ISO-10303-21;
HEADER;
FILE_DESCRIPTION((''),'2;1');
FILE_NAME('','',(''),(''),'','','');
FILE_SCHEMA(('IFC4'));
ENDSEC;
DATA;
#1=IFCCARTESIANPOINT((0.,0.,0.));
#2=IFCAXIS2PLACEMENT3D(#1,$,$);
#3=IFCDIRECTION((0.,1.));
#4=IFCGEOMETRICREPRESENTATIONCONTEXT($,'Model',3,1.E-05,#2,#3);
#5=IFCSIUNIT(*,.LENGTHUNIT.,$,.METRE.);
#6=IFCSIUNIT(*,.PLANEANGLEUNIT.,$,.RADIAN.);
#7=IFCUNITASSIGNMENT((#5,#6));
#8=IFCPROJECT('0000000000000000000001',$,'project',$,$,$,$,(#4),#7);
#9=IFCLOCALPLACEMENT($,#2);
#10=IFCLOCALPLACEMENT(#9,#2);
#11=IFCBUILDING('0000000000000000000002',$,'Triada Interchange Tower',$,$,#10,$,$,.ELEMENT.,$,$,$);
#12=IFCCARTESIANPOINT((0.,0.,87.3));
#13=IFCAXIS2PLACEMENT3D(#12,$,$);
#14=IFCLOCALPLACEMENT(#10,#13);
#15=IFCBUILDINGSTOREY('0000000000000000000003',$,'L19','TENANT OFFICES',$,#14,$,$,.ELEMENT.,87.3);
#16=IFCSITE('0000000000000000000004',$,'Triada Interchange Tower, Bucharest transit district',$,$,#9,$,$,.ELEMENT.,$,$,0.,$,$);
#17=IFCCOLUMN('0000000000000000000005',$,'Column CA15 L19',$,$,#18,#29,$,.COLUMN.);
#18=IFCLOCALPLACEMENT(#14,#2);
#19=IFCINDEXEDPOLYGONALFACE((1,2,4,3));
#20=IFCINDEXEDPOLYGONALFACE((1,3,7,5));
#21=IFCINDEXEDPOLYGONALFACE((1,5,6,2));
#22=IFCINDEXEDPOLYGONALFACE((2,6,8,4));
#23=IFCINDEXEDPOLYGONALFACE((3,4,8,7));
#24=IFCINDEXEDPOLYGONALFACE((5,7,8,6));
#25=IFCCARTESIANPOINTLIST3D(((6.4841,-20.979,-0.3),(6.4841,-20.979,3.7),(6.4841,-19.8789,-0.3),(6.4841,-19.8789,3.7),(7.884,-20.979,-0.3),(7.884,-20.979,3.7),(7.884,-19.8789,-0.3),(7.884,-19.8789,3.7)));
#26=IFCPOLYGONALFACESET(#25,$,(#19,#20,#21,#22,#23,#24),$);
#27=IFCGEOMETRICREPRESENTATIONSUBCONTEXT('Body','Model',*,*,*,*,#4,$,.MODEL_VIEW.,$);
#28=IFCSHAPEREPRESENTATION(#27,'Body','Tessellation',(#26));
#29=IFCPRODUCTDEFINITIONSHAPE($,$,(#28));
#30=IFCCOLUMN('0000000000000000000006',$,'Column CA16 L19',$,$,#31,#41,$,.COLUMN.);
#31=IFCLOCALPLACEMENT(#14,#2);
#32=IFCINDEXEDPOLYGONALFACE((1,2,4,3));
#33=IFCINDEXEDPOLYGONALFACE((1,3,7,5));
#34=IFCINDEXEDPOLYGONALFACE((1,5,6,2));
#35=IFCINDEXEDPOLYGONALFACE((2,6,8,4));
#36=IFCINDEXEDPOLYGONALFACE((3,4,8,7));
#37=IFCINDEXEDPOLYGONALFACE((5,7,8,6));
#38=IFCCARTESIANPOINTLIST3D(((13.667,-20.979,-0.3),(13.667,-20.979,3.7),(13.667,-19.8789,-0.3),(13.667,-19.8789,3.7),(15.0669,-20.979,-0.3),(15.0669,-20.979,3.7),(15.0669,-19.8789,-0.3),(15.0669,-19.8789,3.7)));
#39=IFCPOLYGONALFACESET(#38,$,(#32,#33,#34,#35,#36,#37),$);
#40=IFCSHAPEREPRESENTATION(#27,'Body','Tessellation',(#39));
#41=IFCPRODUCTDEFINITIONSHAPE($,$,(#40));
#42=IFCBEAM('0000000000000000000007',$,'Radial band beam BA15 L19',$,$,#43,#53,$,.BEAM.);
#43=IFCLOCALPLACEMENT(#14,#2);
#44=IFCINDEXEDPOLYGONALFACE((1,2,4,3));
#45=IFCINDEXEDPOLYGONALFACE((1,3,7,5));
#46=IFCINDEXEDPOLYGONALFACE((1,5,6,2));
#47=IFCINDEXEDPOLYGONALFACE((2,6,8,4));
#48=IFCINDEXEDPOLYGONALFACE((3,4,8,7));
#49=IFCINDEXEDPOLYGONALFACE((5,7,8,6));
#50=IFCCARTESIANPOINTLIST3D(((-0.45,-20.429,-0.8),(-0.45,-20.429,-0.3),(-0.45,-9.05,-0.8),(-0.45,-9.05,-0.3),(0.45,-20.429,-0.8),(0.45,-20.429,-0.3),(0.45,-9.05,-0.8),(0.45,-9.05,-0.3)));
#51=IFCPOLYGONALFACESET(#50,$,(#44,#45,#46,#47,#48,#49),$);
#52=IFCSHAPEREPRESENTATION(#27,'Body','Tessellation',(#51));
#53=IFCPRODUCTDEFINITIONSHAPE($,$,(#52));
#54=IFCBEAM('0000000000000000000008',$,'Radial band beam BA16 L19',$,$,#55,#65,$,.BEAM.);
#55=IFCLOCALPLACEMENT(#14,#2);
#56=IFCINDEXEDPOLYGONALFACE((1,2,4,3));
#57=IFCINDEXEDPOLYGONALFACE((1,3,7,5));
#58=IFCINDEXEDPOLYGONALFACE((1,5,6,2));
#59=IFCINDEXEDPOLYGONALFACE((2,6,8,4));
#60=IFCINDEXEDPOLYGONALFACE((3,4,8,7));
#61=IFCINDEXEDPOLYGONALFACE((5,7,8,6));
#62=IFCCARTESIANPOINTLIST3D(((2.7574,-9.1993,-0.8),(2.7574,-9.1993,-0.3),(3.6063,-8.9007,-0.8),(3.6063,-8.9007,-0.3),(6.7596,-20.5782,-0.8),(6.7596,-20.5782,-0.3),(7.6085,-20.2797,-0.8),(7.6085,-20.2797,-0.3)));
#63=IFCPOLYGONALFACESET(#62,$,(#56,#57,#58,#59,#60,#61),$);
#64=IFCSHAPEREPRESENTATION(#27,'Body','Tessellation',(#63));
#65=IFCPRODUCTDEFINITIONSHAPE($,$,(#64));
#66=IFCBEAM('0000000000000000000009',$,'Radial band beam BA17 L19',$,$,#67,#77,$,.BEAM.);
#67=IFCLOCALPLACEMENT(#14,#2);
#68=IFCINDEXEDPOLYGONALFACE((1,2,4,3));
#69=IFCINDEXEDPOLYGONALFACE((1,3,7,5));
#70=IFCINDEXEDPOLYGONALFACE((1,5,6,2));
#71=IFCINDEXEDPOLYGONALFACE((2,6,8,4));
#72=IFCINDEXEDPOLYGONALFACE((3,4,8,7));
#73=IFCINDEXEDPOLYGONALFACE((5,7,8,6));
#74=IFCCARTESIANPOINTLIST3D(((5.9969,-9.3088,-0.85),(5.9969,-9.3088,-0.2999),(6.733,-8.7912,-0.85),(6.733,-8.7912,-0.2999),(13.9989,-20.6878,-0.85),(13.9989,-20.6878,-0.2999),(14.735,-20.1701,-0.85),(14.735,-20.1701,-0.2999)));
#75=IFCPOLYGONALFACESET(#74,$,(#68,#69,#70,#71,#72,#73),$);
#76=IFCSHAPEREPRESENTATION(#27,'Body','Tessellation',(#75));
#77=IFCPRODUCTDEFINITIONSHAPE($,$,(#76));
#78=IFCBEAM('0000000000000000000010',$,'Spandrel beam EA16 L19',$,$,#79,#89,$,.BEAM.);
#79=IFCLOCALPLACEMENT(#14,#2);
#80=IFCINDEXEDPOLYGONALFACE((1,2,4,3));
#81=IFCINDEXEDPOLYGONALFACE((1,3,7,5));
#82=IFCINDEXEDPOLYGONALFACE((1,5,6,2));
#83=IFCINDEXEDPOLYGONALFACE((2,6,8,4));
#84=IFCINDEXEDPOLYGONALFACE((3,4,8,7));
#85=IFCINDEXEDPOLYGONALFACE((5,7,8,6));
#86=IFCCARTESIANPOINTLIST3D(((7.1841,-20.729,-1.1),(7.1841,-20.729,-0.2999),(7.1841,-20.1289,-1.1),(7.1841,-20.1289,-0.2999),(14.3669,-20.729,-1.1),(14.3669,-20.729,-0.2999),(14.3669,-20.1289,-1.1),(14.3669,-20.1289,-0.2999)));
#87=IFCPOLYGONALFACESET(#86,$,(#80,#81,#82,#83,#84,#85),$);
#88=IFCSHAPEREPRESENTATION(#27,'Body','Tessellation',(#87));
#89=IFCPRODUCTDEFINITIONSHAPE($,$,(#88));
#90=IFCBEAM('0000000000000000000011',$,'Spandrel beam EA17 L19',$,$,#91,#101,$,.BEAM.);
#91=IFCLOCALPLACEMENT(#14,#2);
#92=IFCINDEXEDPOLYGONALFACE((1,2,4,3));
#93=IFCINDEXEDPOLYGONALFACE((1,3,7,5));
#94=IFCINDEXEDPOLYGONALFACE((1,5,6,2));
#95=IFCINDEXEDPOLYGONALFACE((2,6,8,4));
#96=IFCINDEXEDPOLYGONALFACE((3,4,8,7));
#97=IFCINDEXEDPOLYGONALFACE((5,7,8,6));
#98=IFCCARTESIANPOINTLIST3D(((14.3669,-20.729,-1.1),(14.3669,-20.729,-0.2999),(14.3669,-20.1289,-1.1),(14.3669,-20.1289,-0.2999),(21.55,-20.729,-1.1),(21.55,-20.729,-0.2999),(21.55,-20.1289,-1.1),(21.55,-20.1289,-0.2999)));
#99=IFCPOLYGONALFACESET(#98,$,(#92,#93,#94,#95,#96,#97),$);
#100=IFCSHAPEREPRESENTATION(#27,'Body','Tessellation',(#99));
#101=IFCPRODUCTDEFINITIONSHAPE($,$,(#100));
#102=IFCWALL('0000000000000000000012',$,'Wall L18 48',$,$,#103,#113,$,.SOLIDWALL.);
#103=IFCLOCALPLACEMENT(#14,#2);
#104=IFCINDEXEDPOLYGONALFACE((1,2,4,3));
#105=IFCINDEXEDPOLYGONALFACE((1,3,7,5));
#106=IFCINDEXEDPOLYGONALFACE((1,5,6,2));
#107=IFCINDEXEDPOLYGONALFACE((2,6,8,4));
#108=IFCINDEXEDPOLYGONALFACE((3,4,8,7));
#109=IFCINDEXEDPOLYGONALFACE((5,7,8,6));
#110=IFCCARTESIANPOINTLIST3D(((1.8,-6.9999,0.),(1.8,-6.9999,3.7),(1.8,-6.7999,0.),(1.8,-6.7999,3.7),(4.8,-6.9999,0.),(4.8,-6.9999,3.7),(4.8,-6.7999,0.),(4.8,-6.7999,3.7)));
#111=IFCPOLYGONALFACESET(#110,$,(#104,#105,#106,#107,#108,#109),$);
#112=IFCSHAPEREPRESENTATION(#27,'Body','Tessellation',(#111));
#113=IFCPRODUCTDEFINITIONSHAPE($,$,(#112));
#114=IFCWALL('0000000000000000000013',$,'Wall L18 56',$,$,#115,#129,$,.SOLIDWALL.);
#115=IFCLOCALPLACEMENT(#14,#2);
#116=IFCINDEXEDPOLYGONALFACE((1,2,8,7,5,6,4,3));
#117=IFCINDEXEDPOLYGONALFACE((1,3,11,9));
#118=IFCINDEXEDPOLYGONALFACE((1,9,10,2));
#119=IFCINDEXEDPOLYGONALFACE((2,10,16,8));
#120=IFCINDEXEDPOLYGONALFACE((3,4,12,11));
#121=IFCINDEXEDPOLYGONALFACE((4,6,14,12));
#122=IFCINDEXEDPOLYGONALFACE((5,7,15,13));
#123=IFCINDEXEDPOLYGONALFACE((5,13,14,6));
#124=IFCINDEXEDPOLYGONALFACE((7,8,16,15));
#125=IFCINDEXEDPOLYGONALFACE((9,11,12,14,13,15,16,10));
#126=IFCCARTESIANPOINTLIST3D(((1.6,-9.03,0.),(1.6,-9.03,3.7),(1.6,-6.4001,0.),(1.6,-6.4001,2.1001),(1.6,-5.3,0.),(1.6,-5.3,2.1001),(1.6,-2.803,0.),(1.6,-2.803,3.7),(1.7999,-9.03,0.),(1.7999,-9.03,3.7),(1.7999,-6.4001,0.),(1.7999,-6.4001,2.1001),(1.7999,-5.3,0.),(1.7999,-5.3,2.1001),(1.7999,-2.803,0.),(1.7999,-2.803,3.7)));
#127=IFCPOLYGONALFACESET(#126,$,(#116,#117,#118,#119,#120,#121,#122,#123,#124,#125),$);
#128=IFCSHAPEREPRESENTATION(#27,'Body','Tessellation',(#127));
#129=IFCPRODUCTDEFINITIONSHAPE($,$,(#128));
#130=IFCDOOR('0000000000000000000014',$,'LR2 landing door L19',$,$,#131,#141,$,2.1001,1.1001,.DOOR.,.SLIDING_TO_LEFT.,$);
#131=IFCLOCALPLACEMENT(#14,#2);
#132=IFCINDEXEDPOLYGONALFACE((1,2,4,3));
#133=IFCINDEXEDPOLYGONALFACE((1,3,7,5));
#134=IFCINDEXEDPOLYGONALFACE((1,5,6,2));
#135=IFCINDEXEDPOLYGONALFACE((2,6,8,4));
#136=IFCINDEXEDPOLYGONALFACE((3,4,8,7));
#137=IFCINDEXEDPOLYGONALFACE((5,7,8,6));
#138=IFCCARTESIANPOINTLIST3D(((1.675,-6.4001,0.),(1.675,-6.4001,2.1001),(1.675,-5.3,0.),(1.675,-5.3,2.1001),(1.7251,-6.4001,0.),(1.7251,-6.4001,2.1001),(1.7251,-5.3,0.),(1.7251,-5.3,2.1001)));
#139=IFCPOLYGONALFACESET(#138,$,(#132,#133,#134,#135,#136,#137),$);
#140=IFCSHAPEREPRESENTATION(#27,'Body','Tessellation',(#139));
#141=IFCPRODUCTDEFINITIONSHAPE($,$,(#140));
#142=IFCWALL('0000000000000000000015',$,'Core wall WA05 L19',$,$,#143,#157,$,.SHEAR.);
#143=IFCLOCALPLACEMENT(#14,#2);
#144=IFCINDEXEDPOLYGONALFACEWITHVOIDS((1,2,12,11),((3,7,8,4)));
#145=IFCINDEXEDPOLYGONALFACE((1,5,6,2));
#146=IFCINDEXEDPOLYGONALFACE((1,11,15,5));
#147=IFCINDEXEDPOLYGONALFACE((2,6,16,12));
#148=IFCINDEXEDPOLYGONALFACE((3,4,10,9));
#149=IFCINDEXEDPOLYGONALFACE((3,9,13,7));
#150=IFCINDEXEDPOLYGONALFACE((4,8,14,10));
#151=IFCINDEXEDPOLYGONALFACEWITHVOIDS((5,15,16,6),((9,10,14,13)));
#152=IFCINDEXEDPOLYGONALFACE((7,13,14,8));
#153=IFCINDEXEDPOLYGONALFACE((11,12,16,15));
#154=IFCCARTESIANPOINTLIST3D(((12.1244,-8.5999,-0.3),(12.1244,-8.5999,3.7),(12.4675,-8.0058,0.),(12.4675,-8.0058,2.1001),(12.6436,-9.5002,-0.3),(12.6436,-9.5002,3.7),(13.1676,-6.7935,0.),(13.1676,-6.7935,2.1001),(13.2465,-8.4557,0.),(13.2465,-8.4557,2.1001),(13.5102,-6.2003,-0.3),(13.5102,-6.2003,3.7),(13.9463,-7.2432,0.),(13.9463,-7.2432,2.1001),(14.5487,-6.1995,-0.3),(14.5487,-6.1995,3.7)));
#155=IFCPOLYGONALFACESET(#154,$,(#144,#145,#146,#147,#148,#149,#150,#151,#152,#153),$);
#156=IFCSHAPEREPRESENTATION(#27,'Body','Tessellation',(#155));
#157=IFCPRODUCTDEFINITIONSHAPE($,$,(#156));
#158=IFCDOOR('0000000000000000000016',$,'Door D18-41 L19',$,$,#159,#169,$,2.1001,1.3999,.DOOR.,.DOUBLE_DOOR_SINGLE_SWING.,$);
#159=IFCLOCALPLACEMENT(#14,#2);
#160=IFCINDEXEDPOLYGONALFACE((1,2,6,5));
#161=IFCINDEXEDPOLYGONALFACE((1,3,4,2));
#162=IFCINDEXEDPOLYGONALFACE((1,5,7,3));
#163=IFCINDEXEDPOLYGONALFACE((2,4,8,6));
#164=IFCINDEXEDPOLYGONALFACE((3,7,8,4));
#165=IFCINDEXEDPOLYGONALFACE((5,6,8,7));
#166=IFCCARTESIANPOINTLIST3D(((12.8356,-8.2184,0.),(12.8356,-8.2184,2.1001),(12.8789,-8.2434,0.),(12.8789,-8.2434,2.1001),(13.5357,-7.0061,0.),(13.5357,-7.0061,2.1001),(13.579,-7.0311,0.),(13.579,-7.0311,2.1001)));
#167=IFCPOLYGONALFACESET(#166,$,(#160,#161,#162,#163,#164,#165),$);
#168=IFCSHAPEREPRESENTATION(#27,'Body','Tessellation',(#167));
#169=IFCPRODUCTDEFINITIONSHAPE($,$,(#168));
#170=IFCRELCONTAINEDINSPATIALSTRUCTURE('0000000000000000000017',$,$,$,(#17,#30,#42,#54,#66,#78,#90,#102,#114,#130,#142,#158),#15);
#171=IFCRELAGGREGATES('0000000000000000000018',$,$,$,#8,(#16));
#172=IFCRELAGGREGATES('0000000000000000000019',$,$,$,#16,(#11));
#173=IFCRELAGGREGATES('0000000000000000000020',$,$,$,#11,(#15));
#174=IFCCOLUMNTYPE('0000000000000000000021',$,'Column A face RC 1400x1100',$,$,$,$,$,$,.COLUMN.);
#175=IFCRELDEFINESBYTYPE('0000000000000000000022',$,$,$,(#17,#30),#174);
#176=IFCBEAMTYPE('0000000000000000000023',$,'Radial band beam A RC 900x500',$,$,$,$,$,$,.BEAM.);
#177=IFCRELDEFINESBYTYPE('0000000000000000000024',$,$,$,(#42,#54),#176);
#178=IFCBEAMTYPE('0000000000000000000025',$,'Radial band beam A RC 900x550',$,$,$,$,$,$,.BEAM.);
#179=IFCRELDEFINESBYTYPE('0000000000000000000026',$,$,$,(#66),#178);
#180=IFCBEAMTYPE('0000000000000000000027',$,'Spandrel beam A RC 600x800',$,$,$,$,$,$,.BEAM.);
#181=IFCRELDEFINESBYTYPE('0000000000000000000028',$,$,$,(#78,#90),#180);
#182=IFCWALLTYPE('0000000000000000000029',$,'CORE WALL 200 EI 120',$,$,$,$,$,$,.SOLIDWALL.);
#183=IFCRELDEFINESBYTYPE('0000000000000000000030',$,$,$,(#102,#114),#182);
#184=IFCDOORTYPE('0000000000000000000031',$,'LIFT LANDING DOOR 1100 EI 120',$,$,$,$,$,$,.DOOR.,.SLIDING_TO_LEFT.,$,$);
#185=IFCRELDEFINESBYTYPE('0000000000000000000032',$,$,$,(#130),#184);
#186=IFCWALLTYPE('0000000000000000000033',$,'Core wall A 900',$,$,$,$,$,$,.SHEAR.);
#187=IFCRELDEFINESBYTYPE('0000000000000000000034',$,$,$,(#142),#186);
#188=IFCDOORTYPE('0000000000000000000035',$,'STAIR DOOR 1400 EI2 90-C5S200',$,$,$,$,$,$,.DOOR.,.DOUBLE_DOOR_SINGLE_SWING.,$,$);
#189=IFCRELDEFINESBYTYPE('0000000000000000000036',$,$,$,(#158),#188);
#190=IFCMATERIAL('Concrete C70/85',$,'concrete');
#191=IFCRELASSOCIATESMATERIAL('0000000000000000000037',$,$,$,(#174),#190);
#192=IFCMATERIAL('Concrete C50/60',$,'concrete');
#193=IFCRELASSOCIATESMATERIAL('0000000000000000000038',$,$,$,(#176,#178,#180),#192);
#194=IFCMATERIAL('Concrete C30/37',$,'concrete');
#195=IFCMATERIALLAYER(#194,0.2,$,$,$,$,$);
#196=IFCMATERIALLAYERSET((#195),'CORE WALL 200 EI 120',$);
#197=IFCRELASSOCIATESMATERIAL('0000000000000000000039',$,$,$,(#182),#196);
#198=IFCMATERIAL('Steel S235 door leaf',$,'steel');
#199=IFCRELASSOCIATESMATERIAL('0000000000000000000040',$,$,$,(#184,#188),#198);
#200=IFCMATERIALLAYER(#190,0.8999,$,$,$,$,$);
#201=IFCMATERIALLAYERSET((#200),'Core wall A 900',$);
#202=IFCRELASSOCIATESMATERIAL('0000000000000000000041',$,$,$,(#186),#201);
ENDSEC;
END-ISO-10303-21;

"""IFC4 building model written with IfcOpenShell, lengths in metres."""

from ifc_helpers import new_model, si_unit, direction, frame, frame_2d, origin, origin_2d, place, context, subcontext, project, spatial, polyline, rectangle, outline, extrude, material, layer, layer_set, material_profile, profile_set, type_object, element, fill, save


model = new_model("IFC4")

# Units and contexts
model_context = context("Model", 3, precision=1e-05, world=origin(), true_north=direction((0.0, 1.0)))
body_context = subcontext(model_context, "Body", "Model", "MODEL_VIEW")
ifc_project = project(units=[si_unit("LENGTHUNIT", "METRE"), si_unit("PLANEANGLEUNIT", "RADIAN")], contexts=[model_context])

# Site, building, storey
site_placement = place(None, origin())
site = spatial("IfcSite", under=ifc_project, at=site_placement, Name="Triada Interchange Tower, Bucharest transit district", CompositionType="ELEMENT", RefElevation=0.0)
building_placement = place(site_placement, origin())
building = spatial("IfcBuilding", under=site, at=building_placement, Name="Triada Interchange Tower", CompositionType="ELEMENT")
storey_placement = place(building_placement, frame((0.0, 0.0, 87.3)))
storey = spatial("IfcBuildingStorey", under=building, at=storey_placement, Name="L19", Description="TENANT OFFICES", CompositionType="ELEMENT", Elevation=87.3)

# Columns
ifc_material_1 = material(Name="Concrete C70/85", Category="concrete")
ifc_material_profile_1 = material_profile(ifc_material_1, rectangle(XDim=1.3999, YDim=1.1001, at=origin_2d()), Name="RC 1400x1100")
ifc_profile_set_1 = profile_set([ifc_material_profile_1], Name="Concrete C70/85")
column_type = type_object("IfcColumnType", Name="Column A face RC 1400x1100", PredefinedType="COLUMN", material=ifc_profile_set_1)
for number, where, z_axis, x_axis, name in (
    (1, (7.1841, -20.429, -0.3), (0.0, 0.0, 1.0), (1.0, 0.0, 0.0), "Column CA15 L19"),
    (2, (14.3669, -20.429, -0.3), (0.0, 0.0, 1.0), (1.0, 0.0, 0.0), "Column CA16 L19"),
):
    element("IfcColumn", number, at=place(storey_placement, frame(where, z_axis=z_axis, x_axis=x_axis)), inside=storey, type_object=column_type, Name=name, PredefinedType="COLUMN", context=body_context, shape_type="SweptSolid", body=[
        extrude(rectangle(XDim=1.3999, YDim=1.1001, at=origin_2d()), origin(), (0.0, 0.0, 1.0), 4.0),
    ])

# Beams
ifc_material_2 = material(Name="Concrete C50/60", Category="concrete")
ifc_material_profile_2 = material_profile(ifc_material_2, rectangle(XDim=0.8999, YDim=0.5, at=origin_2d()), Name="RC 900x500")
ifc_profile_set_2 = profile_set([ifc_material_profile_2], Name="Concrete C50/60")
beam_type_1 = type_object("IfcBeamType", Name="Radial band beam A RC 900x500", PredefinedType="BEAM", material=ifc_profile_set_2)
beam_1_placement = place(storey_placement, frame((0.0, -20.429, -0.55), z_axis=(0.0, 1.0, 0.0), x_axis=(-1.0, 0.0, 0.0)))
element("IfcBeam", 3, at=beam_1_placement, inside=storey, type_object=beam_type_1, Name="Radial band beam BA15 L19", PredefinedType="BEAM", context=body_context, shape_type="SweptSolid", body=[
    extrude(rectangle(XDim=0.8999, YDim=0.5, at=origin_2d()), origin(), (0.0, 0.0, 1.0), 11.3789),
])
beam_2_placement = place(storey_placement, frame((7.1841, -20.429, -0.55), z_axis=(-0.331796, 0.943351, 0.0), x_axis=(-0.943351, -0.331796, 0.0)))
element("IfcBeam", 4, at=beam_2_placement, inside=storey, type_object=beam_type_1, Name="Radial band beam BA16 L19", PredefinedType="BEAM", context=body_context, shape_type="SweptSolid", body=[
    extrude(rectangle(XDim=0.8999, YDim=0.5, at=origin_2d()), origin(), (0.0, 0.0, 1.0), 12.0623),
])
ifc_material_profile_3 = material_profile(ifc_material_2, rectangle(XDim=0.8999, YDim=0.55, at=origin_2d()), Name="RC 900x550")
ifc_profile_set_3 = profile_set([ifc_material_profile_3], Name="Concrete C50/60")
beam_type_2 = type_object("IfcBeamType", Name="Radial band beam A RC 900x550", PredefinedType="BEAM", material=ifc_profile_set_3)
beam_3_placement = place(storey_placement, frame((14.3669, -20.429, -0.575), z_axis=(-0.575233, 0.81799, 0.0), x_axis=(-0.81799, -0.575233, 0.0)))
element("IfcBeam", 5, at=beam_3_placement, inside=storey, type_object=beam_type_2, Name="Radial band beam BA17 L19", PredefinedType="BEAM", context=body_context, shape_type="SweptSolid", body=[
    extrude(rectangle(XDim=0.8999, YDim=0.55, at=origin_2d()), origin(), (0.0, 0.0, 1.0), 13.9109),
])
ifc_material_profile_4 = material_profile(ifc_material_2, rectangle(XDim=0.6001, YDim=0.8, at=origin_2d()), Name="RC 600x800")
ifc_profile_set_4 = profile_set([ifc_material_profile_4], Name="Concrete C50/60")
beam_type_3 = type_object("IfcBeamType", Name="Spandrel beam A RC 600x800", PredefinedType="BEAM", material=ifc_profile_set_4)
beam_4_placement = place(storey_placement, frame((7.1841, -20.429, -0.7), z_axis=(1.0, 0.0, 0.0), x_axis=(0.0, 1.0, 0.0)))
element("IfcBeam", 6, at=beam_4_placement, inside=storey, type_object=beam_type_3, Name="Spandrel beam EA16 L19", PredefinedType="BEAM", context=body_context, shape_type="SweptSolid", body=[
    extrude(rectangle(XDim=0.6001, YDim=0.8, at=origin_2d()), origin(), (0.0, 0.0, 1.0), 7.1829),
])
beam_5_placement = place(storey_placement, frame((14.3669, -20.429, -0.7), z_axis=(1.0, 0.0, 0.0), x_axis=(0.0, 1.0, 0.0)))
element("IfcBeam", 7, at=beam_5_placement, inside=storey, type_object=beam_type_3, Name="Spandrel beam EA17 L19", PredefinedType="BEAM", context=body_context, shape_type="SweptSolid", body=[
    extrude(rectangle(XDim=0.6001, YDim=0.8, at=origin_2d()), origin(), (0.0, 0.0, 1.0), 7.1831),
])

# Wall
ifc_material_3 = material(Name="Concrete C30/37", Category="concrete")
ifc_layer_1 = layer(ifc_material_3, 0.2)
ifc_layer_set_1 = layer_set([ifc_layer_1], Name="CORE WALL 200 EI 120")
wall_type_1 = type_object("IfcWallType", Name="CORE WALL 200 EI 120", PredefinedType="SOLIDWALL", material=ifc_layer_set_1)
wall_1_placement = place(storey_placement, frame((1.8, -6.8999, 0.0), z_axis=(0.0, 0.0, 1.0), x_axis=(1.0, 0.0, 0.0)))
element("IfcWall", 8, at=wall_1_placement, inside=storey, type_object=wall_type_1, Name="Wall L18 48", PredefinedType="SOLIDWALL", context=body_context, shape_type="SweptSolid", body=[
    extrude(rectangle(XDim=3.0, YDim=0.2, at=frame_2d((1.5, 0.0))), origin(), (0.0, 0.0, 1.0), 3.7),
])

# Walls, openings, doors
wall_2_placement = place(storey_placement, frame((1.7, -9.03, 0.0), z_axis=(0.0, 0.0, 1.0), x_axis=(0.0, 1.0, 0.0)))
wall_2 = element("IfcWall", 9, at=wall_2_placement, inside=storey, type_object=wall_type_1, Name="Wall L18 56", PredefinedType="SOLIDWALL", context=body_context, shape_type="SweptSolid", body=[
    extrude(rectangle(XDim=6.2271, YDim=0.2, at=frame_2d((3.1135, 0.0))), origin(), (0.0, 0.0, 1.0), 3.7),
])
opening_1_placement = place(wall_2_placement, frame((2.6299, 0.0, 0.0)))
opening_1 = element("IfcOpeningElement", 10, at=opening_1_placement, cuts=wall_2, PredefinedType="OPENING", context=body_context, shape_type="SweptSolid", body=[
    extrude(rectangle(XDim=1.1001, YDim=2.1001, at=frame_2d((0.55, 1.05))), frame((0.0, 0.1099, 0.0), z_axis=(0.0, -1.0, 0.0), x_axis=(1.0, 0.0, 0.0)), (0.0, 0.0, 1.0), 0.22),
])
ifc_material_4 = material(Name="Steel S235 door leaf", Category="steel")
door_type_1 = type_object("IfcDoorType", Name="LIFT LANDING DOOR 1100 EI 120", OperationType="SLIDING_TO_LEFT", PredefinedType="DOOR", material=ifc_material_4)
door_1_placement = place(opening_1_placement, origin())
door_1 = element("IfcDoor", 11, at=door_1_placement, inside=storey, type_object=door_type_1, Name="LR2 landing door L19", OperationType="SLIDING_TO_LEFT", OverallHeight=2.1001, OverallWidth=1.1001, PredefinedType="DOOR", context=body_context, shape_type="SweptSolid", body=[
    extrude(rectangle(XDim=1.1001, YDim=2.1001, at=frame_2d((0.55, 1.05))), frame((0.0, 0.0249, 0.0), z_axis=(0.0, -1.0, 0.0), x_axis=(1.0, 0.0, 0.0)), (0.0, 0.0, 1.0), 0.05),
])
fill(opening_1, door_1)
ifc_layer_2 = layer(ifc_material_1, 0.8999)
ifc_layer_set_2 = layer_set([ifc_layer_2], Name="Core wall A 900")
wall_type_2 = type_object("IfcWallType", Name="Core wall A 900", PredefinedType="SHEAR", material=ifc_layer_set_2)
wall_3_placement = place(storey_placement, frame((12.384, -9.05, -0.3), z_axis=(0.0, 0.0, 1.0), x_axis=(0.500112, 0.865961, 0.0)))
wall_3 = element("IfcWall", 12, at=wall_3_placement, inside=storey, type_object=wall_type_2, Name="Core wall WA05 L19", PredefinedType="SHEAR", context=body_context, shape_type="SweptSolid", body=[
    extrude(outline(polyline([(-0.26, -0.45), (1.6455, -0.4495), (3.551, -0.449), (3.031, 0.45), (1.6455, 0.45), (0.26, 0.45), (-0.26, -0.45)])), origin(), (0.0, 0.0, 1.0), 4.0),
])
opening_2_placement = place(wall_3_placement, frame((0.946, 0.0, 0.3)))
opening_2 = element("IfcOpeningElement", 13, at=opening_2_placement, cuts=wall_3, PredefinedType="OPENING", context=body_context, shape_type="SweptSolid", body=[
    extrude(rectangle(XDim=1.3999, YDim=2.1001, at=frame_2d((0.7, 1.05))), frame((0.0, 0.46, 0.0), z_axis=(0.0, -1.0, 0.0), x_axis=(1.0, 0.0, 0.0)), (0.0, 0.0, 1.0), 0.9199),
])
door_type_2 = type_object("IfcDoorType", Name="STAIR DOOR 1400 EI2 90-C5S200", OperationType="DOUBLE_DOOR_SINGLE_SWING", PredefinedType="DOOR", material=ifc_material_4)
door_2_placement = place(opening_2_placement, origin())
door_2 = element("IfcDoor", 14, at=door_2_placement, inside=storey, type_object=door_type_2, Name="Door D18-41 L19", OperationType="DOUBLE_DOOR_SINGLE_SWING", OverallHeight=2.1001, OverallWidth=1.3999, PredefinedType="DOOR", context=body_context, shape_type="SweptSolid", body=[
    extrude(rectangle(XDim=1.3999, YDim=2.1001, at=frame_2d((0.7, 1.05))), frame((0.0, 0.0249, 0.0), z_axis=(0.0, -1.0, 0.0), x_axis=(1.0, 0.0, 0.0)), (0.0, 0.0, 1.0), 0.05),
])
fill(opening_2, door_2)

save(model, "model.ifc")
